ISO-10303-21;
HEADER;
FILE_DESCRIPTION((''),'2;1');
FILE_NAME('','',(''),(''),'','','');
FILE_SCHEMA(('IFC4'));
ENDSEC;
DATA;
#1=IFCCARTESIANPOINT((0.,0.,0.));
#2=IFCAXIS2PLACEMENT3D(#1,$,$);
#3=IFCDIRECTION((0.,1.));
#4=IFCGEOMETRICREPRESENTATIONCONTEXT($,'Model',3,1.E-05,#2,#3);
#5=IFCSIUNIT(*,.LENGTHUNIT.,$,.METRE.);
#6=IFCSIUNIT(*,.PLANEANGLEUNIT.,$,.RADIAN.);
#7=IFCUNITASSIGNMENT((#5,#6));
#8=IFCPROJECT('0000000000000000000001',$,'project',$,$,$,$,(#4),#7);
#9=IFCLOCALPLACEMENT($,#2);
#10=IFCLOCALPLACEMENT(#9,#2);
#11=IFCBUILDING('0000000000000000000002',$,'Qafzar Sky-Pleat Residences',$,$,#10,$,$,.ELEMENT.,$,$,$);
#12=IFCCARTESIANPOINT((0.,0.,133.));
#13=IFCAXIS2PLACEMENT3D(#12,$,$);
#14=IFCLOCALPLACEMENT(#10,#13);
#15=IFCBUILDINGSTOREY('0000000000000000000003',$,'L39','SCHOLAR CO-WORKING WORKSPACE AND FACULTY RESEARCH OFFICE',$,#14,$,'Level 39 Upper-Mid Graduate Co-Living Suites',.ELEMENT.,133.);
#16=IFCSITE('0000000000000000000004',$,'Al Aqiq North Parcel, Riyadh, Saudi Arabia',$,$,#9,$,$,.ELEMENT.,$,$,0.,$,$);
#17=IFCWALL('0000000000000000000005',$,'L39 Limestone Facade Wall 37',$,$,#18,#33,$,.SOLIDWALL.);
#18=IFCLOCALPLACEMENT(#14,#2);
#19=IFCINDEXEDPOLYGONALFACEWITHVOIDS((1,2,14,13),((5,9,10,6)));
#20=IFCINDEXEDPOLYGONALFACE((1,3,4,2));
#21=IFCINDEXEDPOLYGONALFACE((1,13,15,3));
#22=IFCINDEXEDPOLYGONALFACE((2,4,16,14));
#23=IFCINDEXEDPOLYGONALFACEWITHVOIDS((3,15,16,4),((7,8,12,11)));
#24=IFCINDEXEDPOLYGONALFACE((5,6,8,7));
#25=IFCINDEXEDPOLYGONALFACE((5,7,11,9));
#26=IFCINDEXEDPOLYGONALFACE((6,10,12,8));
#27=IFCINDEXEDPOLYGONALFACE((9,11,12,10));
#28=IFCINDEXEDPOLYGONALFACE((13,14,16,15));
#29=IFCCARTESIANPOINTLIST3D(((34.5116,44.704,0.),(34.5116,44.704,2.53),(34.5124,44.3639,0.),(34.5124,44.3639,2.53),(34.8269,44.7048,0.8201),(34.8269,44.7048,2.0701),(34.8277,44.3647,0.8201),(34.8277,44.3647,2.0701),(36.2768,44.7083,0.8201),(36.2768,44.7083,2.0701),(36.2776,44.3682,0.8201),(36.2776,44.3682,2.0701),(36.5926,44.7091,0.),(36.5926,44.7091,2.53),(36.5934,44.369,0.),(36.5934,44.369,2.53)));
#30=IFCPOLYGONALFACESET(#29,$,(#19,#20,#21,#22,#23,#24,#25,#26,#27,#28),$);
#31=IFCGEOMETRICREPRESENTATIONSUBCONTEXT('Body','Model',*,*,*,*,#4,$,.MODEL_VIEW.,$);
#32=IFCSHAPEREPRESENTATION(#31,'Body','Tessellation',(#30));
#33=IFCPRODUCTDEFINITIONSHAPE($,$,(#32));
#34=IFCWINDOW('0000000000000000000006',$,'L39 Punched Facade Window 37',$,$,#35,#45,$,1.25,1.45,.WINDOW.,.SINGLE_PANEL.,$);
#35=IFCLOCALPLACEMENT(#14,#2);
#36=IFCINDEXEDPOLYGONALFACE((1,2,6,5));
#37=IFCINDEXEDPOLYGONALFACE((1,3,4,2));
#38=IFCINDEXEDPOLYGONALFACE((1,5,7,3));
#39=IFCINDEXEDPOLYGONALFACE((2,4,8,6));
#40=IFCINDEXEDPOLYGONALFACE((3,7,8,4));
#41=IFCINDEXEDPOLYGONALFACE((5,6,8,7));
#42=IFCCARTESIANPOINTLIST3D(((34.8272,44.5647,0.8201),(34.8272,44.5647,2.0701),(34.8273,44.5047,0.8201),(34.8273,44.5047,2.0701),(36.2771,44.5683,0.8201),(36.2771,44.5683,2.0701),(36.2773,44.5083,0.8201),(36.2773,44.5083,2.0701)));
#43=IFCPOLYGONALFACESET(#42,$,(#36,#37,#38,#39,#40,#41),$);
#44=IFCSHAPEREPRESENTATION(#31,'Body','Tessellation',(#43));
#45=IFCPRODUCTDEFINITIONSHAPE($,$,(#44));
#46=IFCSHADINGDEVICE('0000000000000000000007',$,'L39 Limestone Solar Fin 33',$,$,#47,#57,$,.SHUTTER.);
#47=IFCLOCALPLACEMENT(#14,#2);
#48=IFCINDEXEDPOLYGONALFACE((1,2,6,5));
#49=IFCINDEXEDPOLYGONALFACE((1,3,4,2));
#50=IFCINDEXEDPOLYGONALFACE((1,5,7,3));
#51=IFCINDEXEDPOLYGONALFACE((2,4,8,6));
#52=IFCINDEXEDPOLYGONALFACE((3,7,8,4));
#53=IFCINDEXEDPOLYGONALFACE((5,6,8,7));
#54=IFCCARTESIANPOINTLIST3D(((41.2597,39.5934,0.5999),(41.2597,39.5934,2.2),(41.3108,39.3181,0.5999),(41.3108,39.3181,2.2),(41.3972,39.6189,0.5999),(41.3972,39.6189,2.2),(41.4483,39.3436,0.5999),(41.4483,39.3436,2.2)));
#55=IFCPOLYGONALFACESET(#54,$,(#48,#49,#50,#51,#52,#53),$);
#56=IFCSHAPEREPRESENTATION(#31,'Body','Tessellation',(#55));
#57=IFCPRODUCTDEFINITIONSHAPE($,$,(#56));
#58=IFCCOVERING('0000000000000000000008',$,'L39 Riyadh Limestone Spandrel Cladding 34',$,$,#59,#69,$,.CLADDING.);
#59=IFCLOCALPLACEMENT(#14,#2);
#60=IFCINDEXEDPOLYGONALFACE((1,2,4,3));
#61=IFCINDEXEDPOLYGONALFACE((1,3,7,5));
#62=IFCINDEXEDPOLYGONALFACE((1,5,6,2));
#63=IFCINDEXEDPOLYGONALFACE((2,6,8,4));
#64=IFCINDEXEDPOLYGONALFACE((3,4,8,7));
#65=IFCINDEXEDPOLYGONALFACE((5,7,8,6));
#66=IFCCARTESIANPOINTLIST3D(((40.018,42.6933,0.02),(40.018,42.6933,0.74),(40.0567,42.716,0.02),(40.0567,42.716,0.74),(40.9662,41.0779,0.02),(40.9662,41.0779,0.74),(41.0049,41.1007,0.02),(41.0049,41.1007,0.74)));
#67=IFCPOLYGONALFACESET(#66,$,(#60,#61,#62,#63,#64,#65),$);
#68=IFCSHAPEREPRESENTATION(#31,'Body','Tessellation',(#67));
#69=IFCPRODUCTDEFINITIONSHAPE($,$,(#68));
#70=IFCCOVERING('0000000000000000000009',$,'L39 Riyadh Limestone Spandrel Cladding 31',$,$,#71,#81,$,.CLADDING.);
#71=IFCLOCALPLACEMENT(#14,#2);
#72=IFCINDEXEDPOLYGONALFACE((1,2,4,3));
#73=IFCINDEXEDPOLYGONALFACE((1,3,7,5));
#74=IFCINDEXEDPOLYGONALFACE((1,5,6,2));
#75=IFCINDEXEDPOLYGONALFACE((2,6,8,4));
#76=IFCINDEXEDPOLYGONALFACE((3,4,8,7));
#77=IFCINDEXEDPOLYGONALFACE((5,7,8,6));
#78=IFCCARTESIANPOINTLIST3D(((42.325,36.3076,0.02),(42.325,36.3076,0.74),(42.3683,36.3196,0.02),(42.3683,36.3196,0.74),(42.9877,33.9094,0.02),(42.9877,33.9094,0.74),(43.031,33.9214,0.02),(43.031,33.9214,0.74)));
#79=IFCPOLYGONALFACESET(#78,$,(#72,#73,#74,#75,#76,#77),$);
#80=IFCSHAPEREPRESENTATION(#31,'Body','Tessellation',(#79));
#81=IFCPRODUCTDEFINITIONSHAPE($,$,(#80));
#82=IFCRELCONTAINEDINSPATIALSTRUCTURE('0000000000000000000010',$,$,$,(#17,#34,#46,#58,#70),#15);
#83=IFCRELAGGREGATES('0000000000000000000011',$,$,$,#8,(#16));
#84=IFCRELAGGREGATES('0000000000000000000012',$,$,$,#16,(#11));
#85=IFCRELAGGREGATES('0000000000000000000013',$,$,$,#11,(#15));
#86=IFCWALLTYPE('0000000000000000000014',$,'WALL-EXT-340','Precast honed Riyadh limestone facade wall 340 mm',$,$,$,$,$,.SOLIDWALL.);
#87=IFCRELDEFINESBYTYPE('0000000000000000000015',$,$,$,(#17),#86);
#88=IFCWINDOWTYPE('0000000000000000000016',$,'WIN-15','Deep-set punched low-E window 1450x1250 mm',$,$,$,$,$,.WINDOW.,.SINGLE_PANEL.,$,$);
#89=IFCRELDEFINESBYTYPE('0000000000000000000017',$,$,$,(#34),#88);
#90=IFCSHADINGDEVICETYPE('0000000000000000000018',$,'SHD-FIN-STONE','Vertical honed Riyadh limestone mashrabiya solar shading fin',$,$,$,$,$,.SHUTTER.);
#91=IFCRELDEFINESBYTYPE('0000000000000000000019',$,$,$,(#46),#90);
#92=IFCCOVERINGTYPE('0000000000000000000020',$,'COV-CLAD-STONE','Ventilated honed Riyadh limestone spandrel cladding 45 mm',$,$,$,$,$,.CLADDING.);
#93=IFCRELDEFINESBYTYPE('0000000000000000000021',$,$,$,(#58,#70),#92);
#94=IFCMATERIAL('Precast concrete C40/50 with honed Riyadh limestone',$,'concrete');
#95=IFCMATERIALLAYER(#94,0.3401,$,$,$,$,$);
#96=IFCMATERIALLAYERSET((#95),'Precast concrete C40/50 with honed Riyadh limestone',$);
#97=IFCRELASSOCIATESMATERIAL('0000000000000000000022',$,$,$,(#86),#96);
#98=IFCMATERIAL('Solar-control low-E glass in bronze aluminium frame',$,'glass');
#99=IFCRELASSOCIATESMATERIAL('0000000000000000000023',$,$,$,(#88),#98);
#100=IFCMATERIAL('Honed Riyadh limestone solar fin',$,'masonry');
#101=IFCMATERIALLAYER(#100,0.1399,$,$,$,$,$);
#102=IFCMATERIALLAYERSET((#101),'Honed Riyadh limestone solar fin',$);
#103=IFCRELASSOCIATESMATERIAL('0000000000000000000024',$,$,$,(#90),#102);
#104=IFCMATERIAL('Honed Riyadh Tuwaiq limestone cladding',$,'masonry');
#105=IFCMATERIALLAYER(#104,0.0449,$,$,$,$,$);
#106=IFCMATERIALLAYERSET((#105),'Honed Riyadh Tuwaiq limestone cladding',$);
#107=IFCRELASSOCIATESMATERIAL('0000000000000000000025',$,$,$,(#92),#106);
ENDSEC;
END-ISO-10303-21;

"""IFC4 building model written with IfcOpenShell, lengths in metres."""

from ifc_helpers import new_model, si_unit, direction, frame, frame_2d, origin, origin_2d, place, context, subcontext, project, spatial, rectangle, extrude, source, transform, mapped, material, layer, layer_set, type_object, element, fill, save


model = new_model("IFC4")

# Units and contexts
model_context = context("Model", 3, precision=1e-05, world=origin(), true_north=direction((0.0, 1.0)))
body_context = subcontext(model_context, "Body", "Model", "MODEL_VIEW")
ifc_project = project(units=[si_unit("LENGTHUNIT", "METRE"), si_unit("PLANEANGLEUNIT", "RADIAN")], contexts=[model_context])

# Site, building, storey
site_placement = place(None, origin())
site = spatial("IfcSite", under=ifc_project, at=site_placement, Name="Al Aqiq North Parcel, Riyadh, Saudi Arabia", CompositionType="ELEMENT", RefElevation=0.0)
building_placement = place(site_placement, origin())
building = spatial("IfcBuilding", under=site, at=building_placement, Name="Qafzar Sky-Pleat Residences", CompositionType="ELEMENT")
storey_placement = place(building_placement, frame((0.0, 0.0, 133.0)))
storey = spatial("IfcBuildingStorey", under=building, at=storey_placement, Name="L39", Description="SCHOLAR CO-WORKING WORKSPACE AND FACULTY RESEARCH OFFICE", LongName="Level 39 Upper-Mid Graduate Co-Living Suites", CompositionType="ELEMENT", Elevation=133.0)

# Shared definitions
ifc_material_1 = material(Name="Precast concrete C40/50 with honed Riyadh limestone", Category="concrete")
ifc_layer_1 = layer(ifc_material_1, 0.3401)
ifc_layer_set_1 = layer_set([ifc_layer_1], Name="Precast concrete C40/50 with honed Riyadh limestone")
wall_type_1 = type_object("IfcWallType", Name="WALL-EXT-340", Description="Precast honed Riyadh limestone facade wall 340 mm", PredefinedType="SOLIDWALL", material=ifc_layer_set_1)
ifc_material_2 = material(Name="Solar-control low-E glass in bronze aluminium frame", Category="glass")

# Wall, opening, window
window_type_1 = type_object("IfcWindowType", Name="WIN-15", Description="Deep-set punched low-E window 1450x1250 mm", PartitioningType="SINGLE_PANEL", PredefinedType="WINDOW", material=ifc_material_2)
shared_shape_1 = source(origin(), body_context, "Body", "SweptSolid", [
    extrude(rectangle(XDim=1.45, YDim=1.25, at=frame_2d((0.7251, 0.625))), frame((0.0, 0.03, 0.0), z_axis=(0.0, -1.0, 0.0), x_axis=(1.0, 0.0, 0.0)), (0.0, 0.0, 1.0), 0.0601),
])
wall_1_placement = place(storey_placement, frame((36.593, 44.5391, 0.0), z_axis=(0.0, 0.0, 1.0), x_axis=(-0.999997, -0.002464, 0.0)))
wall_1 = element("IfcWall", 1, at=wall_1_placement, inside=storey, type_object=wall_type_1, Name="L39 Limestone Facade Wall 37", PredefinedType="SOLIDWALL", context=body_context, shape_type="SweptSolid", body=[
    extrude(rectangle(XDim=2.0811, YDim=0.3401, at=frame_2d((1.0405, 0.0))), origin(), (0.0, 0.0, 1.0), 2.53),
])
opening_1_placement = place(wall_1_placement, frame((0.3157, 0.0, 0.8201)))
opening_1 = element("IfcOpeningElement", 2, at=opening_1_placement, cuts=wall_1, PredefinedType="OPENING", context=body_context, shape_type="SweptSolid", body=[
    extrude(rectangle(XDim=1.45, YDim=1.25, at=frame_2d((0.7251, 0.625))), frame((0.0, 0.1802, 0.0), z_axis=(0.0, -1.0, 0.0), x_axis=(1.0, 0.0, 0.0)), (0.0, 0.0, 1.0), 0.3601),
])
window_1_placement = place(opening_1_placement, origin())
window_1 = element("IfcWindow", 3, at=window_1_placement, inside=storey, type_object=window_type_1, Name="L39 Punched Facade Window 37", OverallHeight=1.25, OverallWidth=1.45, PartitioningType="SINGLE_PANEL", PredefinedType="WINDOW", context=body_context, shape_type="MappedRepresentation", body=[
    mapped(shared_shape_1, transform((0.0, 0.0, 0.0), x_axis=(1.0, 0.0, 0.0), y_axis=(0.0, 1.0, 0.0), z_axis=(0.0, 0.0, 1.0), scale=1.0)),
])
fill(opening_1, window_1)

# Shading device
ifc_material_3 = material(Name="Honed Riyadh limestone solar fin", Category="masonry")
ifc_layer_2 = layer(ifc_material_3, 0.1399)
ifc_layer_set_2 = layer_set([ifc_layer_2], Name="Honed Riyadh limestone solar fin")
shading_device_type = type_object("IfcShadingDeviceType", Name="SHD-FIN-STONE", Description="Vertical honed Riyadh limestone mashrabiya solar shading fin", PredefinedType="SHUTTER", material=ifc_layer_set_2)
shared_shape_2 = source(origin(), body_context, "Body", "SweptSolid", [
    extrude(rectangle(XDim=0.1399, YDim=0.28, at=origin_2d()), origin(), (0.0, 0.0, 1.0), 1.6001),
])
shading_device_placement = place(storey_placement, frame((41.354, 39.4685, 0.5999), z_axis=(0.0, 0.0, 1.0), x_axis=(0.983238, 0.182325, 0.0)))
element("IfcShadingDevice", 4, at=shading_device_placement, inside=storey, type_object=shading_device_type, Name="L39 Limestone Solar Fin 33", PredefinedType="SHUTTER", context=body_context, shape_type="MappedRepresentation", body=[
    mapped(shared_shape_2, transform((0.0, 0.0, 0.0), x_axis=(1.0, 0.0, 0.0), y_axis=(0.0, 1.0, 0.0), z_axis=(0.0, 0.0, 1.0), scale=1.0)),
])

# Coverings
ifc_material_4 = material(Name="Honed Riyadh Tuwaiq limestone cladding", Category="masonry")
ifc_layer_3 = layer(ifc_material_4, 0.0449)
ifc_layer_set_3 = layer_set([ifc_layer_3], Name="Honed Riyadh Tuwaiq limestone cladding")
covering_type = type_object("IfcCoveringType", Name="COV-CLAD-STONE", Description="Ventilated honed Riyadh limestone spandrel cladding 45 mm", PredefinedType="CLADDING", material=ifc_layer_set_3)
shared_shape_3 = source(origin(), body_context, "Body", "SweptSolid", [
    extrude(rectangle(XDim=1.873, YDim=0.0449, at=origin_2d()), origin(), (0.0, 0.0, 1.0), 0.72),
])
covering_1_placement = place(storey_placement, frame((40.5115, 41.897, 0.02), z_axis=(0.0, 0.0, 1.0), x_axis=(-0.506232, 0.862397, 0.0)))
element("IfcCovering", 5, at=covering_1_placement, inside=storey, type_object=covering_type, Name="L39 Riyadh Limestone Spandrel Cladding 34", PredefinedType="CLADDING", context=body_context, shape_type="MappedRepresentation", body=[
    mapped(shared_shape_3, transform((0.0, 0.0, 0.0), x_axis=(1.0, 0.0, 0.0), y_axis=(0.0, 1.0, 0.0), z_axis=(0.0, 0.0, 1.0), scale=1.0)),
])
shared_shape_4 = source(origin(), body_context, "Body", "SweptSolid", [
    extrude(rectangle(XDim=2.488, YDim=0.0449, at=origin_2d()), origin(), (0.0, 0.0, 1.0), 0.72),
])
covering_2_placement = place(storey_placement, frame((42.678, 35.1145, 0.02), z_axis=(0.0, 0.0, 1.0), x_axis=(-0.266345, 0.963878, 0.0)))
element("IfcCovering", 6, at=covering_2_placement, inside=storey, type_object=covering_type, Name="L39 Riyadh Limestone Spandrel Cladding 31", PredefinedType="CLADDING", context=body_context, shape_type="MappedRepresentation", body=[
    mapped(shared_shape_4, transform((0.0, 0.0, 0.0), x_axis=(1.0, 0.0, 0.0), y_axis=(0.0, 1.0, 0.0), z_axis=(0.0, 0.0, 1.0), scale=1.0)),
])

save(model, "model.ifc")
